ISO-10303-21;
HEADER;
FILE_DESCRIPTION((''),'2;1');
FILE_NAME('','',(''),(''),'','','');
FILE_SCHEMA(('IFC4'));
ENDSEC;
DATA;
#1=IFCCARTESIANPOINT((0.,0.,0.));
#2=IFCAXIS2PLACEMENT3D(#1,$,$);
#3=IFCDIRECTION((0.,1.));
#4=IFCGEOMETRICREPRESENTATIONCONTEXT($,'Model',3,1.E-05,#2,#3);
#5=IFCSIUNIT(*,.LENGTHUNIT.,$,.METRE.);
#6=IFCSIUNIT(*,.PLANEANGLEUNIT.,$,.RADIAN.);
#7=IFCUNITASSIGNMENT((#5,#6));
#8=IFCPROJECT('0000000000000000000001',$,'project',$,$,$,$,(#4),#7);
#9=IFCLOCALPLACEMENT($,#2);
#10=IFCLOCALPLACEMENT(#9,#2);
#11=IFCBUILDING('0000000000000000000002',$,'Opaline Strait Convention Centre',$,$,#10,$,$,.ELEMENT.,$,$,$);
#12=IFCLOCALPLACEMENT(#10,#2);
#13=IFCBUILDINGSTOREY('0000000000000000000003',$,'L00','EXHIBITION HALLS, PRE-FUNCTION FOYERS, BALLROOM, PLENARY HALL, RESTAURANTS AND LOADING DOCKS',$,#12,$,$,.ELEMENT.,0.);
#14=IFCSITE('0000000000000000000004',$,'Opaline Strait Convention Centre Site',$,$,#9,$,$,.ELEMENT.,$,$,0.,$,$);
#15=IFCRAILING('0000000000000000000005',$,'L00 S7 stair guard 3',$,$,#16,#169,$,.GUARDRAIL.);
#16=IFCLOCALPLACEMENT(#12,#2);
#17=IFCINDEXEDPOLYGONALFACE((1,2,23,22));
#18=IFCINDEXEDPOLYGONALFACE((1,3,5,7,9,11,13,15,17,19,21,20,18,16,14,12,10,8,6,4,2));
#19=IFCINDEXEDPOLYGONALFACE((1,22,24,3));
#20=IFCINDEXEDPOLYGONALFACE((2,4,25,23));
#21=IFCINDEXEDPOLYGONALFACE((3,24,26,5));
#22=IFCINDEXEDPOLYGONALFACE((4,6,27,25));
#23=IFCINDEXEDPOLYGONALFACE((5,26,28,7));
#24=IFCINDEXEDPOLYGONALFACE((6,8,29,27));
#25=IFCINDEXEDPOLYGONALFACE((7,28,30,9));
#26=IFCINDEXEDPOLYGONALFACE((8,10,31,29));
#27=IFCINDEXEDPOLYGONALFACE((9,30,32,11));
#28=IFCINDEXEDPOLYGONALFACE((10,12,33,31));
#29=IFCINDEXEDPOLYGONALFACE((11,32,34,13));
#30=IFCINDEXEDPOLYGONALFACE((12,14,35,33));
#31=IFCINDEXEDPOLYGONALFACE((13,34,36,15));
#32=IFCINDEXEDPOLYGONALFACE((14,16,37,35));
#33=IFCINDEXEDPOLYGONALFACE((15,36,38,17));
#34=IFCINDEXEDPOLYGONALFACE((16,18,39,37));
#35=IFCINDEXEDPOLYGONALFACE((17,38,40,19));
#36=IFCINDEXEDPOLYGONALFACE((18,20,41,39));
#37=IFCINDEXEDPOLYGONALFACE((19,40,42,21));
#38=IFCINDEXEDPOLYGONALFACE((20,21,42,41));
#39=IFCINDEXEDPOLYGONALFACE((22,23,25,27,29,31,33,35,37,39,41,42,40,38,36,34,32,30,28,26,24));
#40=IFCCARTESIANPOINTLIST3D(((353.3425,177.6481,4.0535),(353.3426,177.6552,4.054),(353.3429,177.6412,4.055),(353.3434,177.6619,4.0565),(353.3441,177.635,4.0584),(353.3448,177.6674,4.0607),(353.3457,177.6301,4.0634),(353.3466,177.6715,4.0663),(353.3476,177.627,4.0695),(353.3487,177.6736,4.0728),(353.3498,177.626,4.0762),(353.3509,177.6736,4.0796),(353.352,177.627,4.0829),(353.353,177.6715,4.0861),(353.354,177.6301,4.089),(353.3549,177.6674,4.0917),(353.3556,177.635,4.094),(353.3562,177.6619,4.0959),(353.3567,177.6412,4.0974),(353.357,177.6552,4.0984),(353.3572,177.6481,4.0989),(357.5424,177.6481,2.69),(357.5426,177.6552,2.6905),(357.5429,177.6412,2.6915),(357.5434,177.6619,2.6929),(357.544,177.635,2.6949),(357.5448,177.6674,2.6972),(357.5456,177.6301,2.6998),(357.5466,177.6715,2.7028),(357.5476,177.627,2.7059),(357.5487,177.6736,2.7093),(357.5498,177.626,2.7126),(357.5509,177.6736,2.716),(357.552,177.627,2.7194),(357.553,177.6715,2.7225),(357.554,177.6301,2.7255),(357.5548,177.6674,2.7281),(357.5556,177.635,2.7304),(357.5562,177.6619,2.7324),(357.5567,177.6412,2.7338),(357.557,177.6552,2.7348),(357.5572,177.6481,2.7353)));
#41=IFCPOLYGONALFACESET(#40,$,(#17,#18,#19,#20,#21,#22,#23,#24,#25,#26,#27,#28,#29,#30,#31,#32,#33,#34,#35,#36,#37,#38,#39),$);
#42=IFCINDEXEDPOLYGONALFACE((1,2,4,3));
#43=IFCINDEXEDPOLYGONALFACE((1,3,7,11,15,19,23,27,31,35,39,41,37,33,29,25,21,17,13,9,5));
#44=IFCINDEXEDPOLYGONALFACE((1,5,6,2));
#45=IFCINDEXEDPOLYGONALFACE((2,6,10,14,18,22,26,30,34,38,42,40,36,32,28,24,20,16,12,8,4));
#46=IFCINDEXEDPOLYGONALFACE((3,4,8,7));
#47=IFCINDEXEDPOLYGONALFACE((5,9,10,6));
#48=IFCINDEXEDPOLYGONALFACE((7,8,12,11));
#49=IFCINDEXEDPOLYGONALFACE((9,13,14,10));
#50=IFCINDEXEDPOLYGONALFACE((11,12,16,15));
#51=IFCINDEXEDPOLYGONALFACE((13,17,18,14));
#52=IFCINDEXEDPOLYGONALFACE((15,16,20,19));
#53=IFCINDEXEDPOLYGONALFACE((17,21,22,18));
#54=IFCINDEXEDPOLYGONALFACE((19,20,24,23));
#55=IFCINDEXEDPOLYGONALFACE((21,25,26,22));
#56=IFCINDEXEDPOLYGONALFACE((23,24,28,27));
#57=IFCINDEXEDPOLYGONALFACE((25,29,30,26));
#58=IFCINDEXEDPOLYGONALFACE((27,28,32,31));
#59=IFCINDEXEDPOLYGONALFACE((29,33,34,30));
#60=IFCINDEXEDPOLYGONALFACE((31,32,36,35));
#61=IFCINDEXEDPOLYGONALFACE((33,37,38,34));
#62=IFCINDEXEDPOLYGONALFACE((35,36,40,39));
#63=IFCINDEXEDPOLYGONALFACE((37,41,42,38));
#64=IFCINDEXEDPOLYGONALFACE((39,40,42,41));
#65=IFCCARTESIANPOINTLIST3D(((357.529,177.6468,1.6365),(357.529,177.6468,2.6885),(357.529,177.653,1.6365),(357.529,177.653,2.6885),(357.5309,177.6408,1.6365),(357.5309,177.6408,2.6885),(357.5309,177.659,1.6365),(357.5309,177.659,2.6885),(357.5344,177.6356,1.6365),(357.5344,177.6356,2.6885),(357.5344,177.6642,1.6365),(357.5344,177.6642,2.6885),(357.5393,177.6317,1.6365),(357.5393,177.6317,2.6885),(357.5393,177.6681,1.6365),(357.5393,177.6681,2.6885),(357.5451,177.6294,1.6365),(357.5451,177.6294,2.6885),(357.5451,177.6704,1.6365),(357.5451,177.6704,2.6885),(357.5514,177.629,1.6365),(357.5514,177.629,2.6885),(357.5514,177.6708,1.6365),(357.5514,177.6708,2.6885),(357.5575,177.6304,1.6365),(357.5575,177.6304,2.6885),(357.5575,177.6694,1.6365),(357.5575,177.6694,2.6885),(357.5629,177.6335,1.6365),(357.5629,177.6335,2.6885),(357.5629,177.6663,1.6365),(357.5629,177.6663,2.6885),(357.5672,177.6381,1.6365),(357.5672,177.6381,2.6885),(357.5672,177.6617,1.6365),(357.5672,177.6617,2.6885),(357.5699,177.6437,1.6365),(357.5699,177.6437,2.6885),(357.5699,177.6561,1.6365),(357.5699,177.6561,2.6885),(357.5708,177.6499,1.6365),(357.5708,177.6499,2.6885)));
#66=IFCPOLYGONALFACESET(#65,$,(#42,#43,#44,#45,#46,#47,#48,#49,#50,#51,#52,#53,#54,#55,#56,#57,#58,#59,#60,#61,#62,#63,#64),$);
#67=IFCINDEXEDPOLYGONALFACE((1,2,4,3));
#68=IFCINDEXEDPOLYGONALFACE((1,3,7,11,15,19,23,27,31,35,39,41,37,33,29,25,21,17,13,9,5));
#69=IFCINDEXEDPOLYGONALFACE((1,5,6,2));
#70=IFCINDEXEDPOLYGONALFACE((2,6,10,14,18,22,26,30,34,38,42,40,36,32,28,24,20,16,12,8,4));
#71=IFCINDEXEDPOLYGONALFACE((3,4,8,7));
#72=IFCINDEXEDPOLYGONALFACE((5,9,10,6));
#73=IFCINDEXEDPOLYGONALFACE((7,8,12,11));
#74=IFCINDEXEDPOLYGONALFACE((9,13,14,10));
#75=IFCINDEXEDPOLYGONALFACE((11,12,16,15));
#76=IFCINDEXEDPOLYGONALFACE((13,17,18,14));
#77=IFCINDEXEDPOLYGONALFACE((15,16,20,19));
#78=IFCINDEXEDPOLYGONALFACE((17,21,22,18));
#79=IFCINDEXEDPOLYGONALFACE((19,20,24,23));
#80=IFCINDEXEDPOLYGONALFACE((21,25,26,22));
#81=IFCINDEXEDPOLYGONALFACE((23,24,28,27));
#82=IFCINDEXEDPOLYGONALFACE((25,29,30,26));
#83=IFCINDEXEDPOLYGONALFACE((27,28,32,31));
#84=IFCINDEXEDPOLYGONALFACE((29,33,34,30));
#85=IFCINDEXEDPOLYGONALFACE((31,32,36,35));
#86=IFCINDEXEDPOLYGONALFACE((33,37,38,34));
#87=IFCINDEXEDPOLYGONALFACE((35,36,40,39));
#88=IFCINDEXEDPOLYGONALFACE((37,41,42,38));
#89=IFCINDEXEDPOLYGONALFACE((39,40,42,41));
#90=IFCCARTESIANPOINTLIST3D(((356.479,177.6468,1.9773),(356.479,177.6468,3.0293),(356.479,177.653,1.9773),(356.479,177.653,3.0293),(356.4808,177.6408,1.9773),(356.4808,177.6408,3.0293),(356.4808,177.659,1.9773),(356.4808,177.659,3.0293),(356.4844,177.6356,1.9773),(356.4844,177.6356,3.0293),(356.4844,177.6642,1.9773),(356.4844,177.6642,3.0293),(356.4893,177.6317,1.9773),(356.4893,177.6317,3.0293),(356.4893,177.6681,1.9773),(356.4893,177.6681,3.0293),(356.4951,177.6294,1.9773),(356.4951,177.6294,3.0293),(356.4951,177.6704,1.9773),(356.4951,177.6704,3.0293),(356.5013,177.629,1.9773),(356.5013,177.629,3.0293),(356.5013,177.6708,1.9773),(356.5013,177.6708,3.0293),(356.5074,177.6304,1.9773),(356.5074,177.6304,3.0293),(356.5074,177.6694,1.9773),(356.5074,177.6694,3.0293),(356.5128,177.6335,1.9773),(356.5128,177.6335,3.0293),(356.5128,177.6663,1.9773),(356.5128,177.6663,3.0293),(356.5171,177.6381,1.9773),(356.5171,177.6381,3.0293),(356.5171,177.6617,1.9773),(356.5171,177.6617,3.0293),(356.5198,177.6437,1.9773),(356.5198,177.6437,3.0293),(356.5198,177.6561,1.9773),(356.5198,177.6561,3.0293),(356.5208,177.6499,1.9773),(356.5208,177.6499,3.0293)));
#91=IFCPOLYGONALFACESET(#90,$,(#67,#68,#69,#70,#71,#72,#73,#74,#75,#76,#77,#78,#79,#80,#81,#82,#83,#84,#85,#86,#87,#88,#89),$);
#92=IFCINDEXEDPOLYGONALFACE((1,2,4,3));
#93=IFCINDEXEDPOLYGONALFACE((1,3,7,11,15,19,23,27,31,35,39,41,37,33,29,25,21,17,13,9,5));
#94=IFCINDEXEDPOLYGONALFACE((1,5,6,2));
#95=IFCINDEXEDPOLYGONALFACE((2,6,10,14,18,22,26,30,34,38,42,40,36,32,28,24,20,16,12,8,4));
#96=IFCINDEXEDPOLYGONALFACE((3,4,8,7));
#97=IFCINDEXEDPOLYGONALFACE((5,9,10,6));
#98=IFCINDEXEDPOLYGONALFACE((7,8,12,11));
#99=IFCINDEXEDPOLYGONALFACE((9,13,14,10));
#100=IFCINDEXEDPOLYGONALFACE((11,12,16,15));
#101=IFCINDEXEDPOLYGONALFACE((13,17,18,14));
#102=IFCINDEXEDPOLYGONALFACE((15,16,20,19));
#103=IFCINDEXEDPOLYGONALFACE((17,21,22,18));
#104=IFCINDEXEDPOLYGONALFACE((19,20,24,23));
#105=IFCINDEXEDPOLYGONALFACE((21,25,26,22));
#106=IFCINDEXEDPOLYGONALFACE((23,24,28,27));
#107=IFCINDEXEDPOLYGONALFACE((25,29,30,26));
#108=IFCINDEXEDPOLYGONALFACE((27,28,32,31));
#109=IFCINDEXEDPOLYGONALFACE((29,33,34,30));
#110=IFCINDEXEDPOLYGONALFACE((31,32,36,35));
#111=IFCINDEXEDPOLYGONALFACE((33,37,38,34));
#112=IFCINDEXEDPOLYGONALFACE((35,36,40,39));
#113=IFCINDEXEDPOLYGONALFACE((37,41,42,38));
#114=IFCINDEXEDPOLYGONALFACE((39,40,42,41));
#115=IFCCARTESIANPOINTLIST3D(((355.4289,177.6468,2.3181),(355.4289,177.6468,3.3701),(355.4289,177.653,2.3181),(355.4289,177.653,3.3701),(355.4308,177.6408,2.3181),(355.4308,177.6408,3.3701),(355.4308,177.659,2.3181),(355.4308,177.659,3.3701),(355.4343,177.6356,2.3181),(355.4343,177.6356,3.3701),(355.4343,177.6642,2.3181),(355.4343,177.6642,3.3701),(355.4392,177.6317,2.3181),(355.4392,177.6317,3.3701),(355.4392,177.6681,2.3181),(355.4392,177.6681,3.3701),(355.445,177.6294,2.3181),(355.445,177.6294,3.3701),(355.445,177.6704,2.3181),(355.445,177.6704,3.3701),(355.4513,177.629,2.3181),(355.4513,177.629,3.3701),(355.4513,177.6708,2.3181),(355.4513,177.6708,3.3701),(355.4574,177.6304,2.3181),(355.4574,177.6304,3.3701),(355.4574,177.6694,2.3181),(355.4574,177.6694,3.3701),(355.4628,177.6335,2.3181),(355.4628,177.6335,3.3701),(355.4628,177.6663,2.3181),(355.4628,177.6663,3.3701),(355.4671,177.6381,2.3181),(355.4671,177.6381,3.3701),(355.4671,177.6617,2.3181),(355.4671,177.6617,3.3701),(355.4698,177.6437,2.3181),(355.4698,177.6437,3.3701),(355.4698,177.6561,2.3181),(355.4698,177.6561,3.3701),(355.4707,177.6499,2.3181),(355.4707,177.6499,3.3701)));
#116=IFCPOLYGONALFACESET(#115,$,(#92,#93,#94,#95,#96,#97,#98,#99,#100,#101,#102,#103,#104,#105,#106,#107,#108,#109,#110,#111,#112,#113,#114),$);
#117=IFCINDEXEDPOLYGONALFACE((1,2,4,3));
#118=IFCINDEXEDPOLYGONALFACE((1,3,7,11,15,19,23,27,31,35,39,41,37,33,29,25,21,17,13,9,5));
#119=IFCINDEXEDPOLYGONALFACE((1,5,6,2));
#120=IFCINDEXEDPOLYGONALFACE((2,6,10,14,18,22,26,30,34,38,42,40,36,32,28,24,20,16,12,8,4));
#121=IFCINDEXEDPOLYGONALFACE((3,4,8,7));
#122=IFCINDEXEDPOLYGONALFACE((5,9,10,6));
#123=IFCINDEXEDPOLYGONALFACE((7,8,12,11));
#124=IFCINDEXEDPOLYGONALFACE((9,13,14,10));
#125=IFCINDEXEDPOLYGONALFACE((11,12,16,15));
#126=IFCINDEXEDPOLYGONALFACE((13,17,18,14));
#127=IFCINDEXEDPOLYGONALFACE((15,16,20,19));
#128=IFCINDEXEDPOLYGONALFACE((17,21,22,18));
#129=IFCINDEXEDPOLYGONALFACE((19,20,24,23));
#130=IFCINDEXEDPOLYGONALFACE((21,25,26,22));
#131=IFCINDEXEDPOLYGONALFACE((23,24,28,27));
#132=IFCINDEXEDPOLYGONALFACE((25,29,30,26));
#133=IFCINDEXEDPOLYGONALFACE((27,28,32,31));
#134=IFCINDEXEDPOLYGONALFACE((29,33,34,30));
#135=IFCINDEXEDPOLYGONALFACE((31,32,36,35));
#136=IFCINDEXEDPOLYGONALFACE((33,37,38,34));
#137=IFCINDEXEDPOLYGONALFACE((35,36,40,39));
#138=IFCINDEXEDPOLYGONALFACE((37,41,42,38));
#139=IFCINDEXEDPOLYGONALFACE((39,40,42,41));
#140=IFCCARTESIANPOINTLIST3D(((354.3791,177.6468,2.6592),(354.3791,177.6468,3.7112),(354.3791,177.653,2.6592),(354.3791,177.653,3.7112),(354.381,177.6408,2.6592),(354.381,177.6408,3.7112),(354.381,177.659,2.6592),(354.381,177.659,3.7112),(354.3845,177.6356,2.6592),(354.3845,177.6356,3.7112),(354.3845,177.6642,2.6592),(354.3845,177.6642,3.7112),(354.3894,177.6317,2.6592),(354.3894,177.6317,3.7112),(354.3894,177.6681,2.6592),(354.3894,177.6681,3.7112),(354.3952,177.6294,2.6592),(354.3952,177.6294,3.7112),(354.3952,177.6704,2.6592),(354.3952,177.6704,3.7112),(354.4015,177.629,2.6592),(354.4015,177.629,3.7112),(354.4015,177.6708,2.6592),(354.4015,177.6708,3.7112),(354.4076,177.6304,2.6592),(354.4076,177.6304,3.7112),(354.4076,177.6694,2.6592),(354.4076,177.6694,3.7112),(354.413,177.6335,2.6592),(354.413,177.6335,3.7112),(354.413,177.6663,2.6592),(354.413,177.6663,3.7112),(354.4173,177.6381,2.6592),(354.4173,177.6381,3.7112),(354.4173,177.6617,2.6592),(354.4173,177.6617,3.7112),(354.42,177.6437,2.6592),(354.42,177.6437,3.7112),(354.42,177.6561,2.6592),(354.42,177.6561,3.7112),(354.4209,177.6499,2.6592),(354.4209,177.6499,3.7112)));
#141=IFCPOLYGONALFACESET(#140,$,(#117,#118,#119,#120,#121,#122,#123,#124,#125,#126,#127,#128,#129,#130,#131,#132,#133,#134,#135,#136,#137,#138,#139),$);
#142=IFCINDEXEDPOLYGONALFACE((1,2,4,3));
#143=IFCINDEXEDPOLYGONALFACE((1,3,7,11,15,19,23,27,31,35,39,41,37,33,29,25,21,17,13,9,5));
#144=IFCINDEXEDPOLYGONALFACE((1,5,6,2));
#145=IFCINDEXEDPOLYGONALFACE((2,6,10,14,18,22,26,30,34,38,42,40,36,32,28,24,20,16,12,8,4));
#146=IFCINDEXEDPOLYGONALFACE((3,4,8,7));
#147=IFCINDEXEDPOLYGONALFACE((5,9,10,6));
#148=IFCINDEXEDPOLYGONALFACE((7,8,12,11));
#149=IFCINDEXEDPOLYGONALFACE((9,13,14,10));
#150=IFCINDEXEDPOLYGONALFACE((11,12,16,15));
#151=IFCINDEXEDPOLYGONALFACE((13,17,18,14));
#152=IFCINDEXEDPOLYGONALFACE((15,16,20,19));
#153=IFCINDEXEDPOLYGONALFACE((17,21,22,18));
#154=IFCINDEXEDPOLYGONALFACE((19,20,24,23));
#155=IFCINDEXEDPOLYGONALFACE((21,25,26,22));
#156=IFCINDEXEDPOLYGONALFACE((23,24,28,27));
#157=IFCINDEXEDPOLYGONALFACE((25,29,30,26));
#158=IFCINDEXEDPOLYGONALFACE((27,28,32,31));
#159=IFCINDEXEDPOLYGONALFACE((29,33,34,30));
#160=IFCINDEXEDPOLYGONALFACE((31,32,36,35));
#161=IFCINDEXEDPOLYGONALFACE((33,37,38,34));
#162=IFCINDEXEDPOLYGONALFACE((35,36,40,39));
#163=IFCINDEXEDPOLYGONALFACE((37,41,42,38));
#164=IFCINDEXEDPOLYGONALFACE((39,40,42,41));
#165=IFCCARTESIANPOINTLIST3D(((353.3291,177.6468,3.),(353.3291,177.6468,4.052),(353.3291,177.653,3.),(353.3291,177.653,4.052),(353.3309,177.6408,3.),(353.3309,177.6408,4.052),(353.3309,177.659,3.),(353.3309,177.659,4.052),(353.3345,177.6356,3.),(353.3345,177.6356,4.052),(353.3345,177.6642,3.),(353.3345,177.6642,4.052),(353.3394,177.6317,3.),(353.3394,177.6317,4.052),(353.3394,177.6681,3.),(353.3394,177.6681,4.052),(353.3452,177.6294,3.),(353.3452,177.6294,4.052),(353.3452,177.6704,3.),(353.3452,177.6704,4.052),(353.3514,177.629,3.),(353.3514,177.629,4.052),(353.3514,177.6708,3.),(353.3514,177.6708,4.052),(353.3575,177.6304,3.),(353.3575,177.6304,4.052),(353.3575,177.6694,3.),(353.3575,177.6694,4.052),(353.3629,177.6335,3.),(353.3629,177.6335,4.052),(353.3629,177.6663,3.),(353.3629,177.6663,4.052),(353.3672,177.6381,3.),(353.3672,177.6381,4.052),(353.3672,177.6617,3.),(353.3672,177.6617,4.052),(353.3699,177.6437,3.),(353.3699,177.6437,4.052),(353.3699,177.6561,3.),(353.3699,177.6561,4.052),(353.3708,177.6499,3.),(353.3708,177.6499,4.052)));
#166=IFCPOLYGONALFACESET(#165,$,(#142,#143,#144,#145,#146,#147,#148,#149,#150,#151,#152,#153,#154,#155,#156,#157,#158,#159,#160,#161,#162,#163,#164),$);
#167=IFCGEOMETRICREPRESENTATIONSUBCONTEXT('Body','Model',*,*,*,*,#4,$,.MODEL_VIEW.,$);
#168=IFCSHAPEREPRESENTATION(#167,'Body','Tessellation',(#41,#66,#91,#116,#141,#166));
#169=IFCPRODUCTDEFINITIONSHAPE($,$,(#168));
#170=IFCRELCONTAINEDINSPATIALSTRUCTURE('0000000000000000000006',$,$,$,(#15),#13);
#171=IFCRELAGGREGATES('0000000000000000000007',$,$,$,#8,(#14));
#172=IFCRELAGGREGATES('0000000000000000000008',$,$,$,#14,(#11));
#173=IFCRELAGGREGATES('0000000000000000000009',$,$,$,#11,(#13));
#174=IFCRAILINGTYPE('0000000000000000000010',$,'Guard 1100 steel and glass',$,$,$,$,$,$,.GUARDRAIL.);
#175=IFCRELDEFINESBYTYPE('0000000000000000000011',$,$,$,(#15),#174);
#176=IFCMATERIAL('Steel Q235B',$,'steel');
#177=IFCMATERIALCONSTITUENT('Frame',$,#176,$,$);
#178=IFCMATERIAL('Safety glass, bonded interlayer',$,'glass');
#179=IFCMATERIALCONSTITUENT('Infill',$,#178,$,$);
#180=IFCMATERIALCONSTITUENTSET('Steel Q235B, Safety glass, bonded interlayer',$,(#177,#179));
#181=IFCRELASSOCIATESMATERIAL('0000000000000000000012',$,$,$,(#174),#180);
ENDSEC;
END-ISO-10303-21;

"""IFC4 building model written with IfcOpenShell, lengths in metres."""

from ifc_helpers import new_model, si_unit, direction, frame, origin, origin_2d, place, context, subcontext, project, spatial, circle, extrude, material, constituent, constituent_set, type_object, element, save


model = new_model("IFC4")

# Units and contexts
model_context = context("Model", 3, precision=1e-05, world=origin(), true_north=direction((0.0, 1.0)))
body_context = subcontext(model_context, "Body", "Model", "MODEL_VIEW")
ifc_project = project(units=[si_unit("LENGTHUNIT", "METRE"), si_unit("PLANEANGLEUNIT", "RADIAN")], contexts=[model_context])

# Site, building, storey
site_placement = place(None, origin())
site = spatial("IfcSite", under=ifc_project, at=site_placement, Name="Opaline Strait Convention Centre Site", CompositionType="ELEMENT", RefElevation=0.0)
building_placement = place(site_placement, origin())
building = spatial("IfcBuilding", under=site, at=building_placement, Name="Opaline Strait Convention Centre", CompositionType="ELEMENT")
storey_placement = place(building_placement, origin())
storey = spatial("IfcBuildingStorey", under=building, at=storey_placement, Name="L00", Description="EXHIBITION HALLS, PRE-FUNCTION FOYERS, BALLROOM, PLENARY HALL, RESTAURANTS AND LOADING DOCKS", CompositionType="ELEMENT", Elevation=0.0)

# Shared definitions
ifc_material_1 = material(Name="Steel Q235B", Category="steel")

# Railing
ifc_constituent_1 = constituent(ifc_material_1, Name="Frame")
ifc_material_2 = material(Name="Safety glass, bonded interlayer", Category="glass")
ifc_constituent_2 = constituent(ifc_material_2, Name="Infill")
ifc_constituent_set = constituent_set(constituents=[ifc_constituent_1, ifc_constituent_2], Name="Steel Q235B, Safety glass, bonded interlayer")
railing_type_1 = type_object("IfcRailingType", Name="Guard 1100 steel and glass", PredefinedType="GUARDRAIL", material=ifc_constituent_set)
railing_1_placement = place(storey_placement, frame((357.5498, 177.6499, 1.6365)))
element("IfcRailing", 1, at=railing_1_placement, inside=storey, type_object=railing_type_1, Name="L00 S7 stair guard 3", PredefinedType="GUARDRAIL", context=body_context, shape_type="SweptSolid", body=[
    extrude(circle(Radius=0.0239, at=origin_2d()), frame((0.0, 0.0, 1.0762), z_axis=(-0.951131, 0.0, 0.308787), x_axis=(0.0, -1.0, 0.0)), (0.0, 0.0, 1.0), 4.4158),
    extrude(circle(Radius=0.021, at=origin_2d()), origin(), (0.0, 0.0, 1.0), 1.052),
    extrude(circle(Radius=0.021, at=origin_2d()), frame((-1.05, 0.0, 0.3408)), (0.0, 0.0, 1.0), 1.052),
    extrude(circle(Radius=0.021, at=origin_2d()), frame((-2.1001, 0.0, 0.6816)), (0.0, 0.0, 1.0), 1.052),
    extrude(circle(Radius=0.021, at=origin_2d()), frame((-3.1499, 0.0, 1.0227)), (0.0, 0.0, 1.0), 1.052),
    extrude(circle(Radius=0.021, at=origin_2d()), frame((-4.2, 0.0, 1.3635)), (0.0, 0.0, 1.0), 1.052),
])

save(model, "model.ifc")
